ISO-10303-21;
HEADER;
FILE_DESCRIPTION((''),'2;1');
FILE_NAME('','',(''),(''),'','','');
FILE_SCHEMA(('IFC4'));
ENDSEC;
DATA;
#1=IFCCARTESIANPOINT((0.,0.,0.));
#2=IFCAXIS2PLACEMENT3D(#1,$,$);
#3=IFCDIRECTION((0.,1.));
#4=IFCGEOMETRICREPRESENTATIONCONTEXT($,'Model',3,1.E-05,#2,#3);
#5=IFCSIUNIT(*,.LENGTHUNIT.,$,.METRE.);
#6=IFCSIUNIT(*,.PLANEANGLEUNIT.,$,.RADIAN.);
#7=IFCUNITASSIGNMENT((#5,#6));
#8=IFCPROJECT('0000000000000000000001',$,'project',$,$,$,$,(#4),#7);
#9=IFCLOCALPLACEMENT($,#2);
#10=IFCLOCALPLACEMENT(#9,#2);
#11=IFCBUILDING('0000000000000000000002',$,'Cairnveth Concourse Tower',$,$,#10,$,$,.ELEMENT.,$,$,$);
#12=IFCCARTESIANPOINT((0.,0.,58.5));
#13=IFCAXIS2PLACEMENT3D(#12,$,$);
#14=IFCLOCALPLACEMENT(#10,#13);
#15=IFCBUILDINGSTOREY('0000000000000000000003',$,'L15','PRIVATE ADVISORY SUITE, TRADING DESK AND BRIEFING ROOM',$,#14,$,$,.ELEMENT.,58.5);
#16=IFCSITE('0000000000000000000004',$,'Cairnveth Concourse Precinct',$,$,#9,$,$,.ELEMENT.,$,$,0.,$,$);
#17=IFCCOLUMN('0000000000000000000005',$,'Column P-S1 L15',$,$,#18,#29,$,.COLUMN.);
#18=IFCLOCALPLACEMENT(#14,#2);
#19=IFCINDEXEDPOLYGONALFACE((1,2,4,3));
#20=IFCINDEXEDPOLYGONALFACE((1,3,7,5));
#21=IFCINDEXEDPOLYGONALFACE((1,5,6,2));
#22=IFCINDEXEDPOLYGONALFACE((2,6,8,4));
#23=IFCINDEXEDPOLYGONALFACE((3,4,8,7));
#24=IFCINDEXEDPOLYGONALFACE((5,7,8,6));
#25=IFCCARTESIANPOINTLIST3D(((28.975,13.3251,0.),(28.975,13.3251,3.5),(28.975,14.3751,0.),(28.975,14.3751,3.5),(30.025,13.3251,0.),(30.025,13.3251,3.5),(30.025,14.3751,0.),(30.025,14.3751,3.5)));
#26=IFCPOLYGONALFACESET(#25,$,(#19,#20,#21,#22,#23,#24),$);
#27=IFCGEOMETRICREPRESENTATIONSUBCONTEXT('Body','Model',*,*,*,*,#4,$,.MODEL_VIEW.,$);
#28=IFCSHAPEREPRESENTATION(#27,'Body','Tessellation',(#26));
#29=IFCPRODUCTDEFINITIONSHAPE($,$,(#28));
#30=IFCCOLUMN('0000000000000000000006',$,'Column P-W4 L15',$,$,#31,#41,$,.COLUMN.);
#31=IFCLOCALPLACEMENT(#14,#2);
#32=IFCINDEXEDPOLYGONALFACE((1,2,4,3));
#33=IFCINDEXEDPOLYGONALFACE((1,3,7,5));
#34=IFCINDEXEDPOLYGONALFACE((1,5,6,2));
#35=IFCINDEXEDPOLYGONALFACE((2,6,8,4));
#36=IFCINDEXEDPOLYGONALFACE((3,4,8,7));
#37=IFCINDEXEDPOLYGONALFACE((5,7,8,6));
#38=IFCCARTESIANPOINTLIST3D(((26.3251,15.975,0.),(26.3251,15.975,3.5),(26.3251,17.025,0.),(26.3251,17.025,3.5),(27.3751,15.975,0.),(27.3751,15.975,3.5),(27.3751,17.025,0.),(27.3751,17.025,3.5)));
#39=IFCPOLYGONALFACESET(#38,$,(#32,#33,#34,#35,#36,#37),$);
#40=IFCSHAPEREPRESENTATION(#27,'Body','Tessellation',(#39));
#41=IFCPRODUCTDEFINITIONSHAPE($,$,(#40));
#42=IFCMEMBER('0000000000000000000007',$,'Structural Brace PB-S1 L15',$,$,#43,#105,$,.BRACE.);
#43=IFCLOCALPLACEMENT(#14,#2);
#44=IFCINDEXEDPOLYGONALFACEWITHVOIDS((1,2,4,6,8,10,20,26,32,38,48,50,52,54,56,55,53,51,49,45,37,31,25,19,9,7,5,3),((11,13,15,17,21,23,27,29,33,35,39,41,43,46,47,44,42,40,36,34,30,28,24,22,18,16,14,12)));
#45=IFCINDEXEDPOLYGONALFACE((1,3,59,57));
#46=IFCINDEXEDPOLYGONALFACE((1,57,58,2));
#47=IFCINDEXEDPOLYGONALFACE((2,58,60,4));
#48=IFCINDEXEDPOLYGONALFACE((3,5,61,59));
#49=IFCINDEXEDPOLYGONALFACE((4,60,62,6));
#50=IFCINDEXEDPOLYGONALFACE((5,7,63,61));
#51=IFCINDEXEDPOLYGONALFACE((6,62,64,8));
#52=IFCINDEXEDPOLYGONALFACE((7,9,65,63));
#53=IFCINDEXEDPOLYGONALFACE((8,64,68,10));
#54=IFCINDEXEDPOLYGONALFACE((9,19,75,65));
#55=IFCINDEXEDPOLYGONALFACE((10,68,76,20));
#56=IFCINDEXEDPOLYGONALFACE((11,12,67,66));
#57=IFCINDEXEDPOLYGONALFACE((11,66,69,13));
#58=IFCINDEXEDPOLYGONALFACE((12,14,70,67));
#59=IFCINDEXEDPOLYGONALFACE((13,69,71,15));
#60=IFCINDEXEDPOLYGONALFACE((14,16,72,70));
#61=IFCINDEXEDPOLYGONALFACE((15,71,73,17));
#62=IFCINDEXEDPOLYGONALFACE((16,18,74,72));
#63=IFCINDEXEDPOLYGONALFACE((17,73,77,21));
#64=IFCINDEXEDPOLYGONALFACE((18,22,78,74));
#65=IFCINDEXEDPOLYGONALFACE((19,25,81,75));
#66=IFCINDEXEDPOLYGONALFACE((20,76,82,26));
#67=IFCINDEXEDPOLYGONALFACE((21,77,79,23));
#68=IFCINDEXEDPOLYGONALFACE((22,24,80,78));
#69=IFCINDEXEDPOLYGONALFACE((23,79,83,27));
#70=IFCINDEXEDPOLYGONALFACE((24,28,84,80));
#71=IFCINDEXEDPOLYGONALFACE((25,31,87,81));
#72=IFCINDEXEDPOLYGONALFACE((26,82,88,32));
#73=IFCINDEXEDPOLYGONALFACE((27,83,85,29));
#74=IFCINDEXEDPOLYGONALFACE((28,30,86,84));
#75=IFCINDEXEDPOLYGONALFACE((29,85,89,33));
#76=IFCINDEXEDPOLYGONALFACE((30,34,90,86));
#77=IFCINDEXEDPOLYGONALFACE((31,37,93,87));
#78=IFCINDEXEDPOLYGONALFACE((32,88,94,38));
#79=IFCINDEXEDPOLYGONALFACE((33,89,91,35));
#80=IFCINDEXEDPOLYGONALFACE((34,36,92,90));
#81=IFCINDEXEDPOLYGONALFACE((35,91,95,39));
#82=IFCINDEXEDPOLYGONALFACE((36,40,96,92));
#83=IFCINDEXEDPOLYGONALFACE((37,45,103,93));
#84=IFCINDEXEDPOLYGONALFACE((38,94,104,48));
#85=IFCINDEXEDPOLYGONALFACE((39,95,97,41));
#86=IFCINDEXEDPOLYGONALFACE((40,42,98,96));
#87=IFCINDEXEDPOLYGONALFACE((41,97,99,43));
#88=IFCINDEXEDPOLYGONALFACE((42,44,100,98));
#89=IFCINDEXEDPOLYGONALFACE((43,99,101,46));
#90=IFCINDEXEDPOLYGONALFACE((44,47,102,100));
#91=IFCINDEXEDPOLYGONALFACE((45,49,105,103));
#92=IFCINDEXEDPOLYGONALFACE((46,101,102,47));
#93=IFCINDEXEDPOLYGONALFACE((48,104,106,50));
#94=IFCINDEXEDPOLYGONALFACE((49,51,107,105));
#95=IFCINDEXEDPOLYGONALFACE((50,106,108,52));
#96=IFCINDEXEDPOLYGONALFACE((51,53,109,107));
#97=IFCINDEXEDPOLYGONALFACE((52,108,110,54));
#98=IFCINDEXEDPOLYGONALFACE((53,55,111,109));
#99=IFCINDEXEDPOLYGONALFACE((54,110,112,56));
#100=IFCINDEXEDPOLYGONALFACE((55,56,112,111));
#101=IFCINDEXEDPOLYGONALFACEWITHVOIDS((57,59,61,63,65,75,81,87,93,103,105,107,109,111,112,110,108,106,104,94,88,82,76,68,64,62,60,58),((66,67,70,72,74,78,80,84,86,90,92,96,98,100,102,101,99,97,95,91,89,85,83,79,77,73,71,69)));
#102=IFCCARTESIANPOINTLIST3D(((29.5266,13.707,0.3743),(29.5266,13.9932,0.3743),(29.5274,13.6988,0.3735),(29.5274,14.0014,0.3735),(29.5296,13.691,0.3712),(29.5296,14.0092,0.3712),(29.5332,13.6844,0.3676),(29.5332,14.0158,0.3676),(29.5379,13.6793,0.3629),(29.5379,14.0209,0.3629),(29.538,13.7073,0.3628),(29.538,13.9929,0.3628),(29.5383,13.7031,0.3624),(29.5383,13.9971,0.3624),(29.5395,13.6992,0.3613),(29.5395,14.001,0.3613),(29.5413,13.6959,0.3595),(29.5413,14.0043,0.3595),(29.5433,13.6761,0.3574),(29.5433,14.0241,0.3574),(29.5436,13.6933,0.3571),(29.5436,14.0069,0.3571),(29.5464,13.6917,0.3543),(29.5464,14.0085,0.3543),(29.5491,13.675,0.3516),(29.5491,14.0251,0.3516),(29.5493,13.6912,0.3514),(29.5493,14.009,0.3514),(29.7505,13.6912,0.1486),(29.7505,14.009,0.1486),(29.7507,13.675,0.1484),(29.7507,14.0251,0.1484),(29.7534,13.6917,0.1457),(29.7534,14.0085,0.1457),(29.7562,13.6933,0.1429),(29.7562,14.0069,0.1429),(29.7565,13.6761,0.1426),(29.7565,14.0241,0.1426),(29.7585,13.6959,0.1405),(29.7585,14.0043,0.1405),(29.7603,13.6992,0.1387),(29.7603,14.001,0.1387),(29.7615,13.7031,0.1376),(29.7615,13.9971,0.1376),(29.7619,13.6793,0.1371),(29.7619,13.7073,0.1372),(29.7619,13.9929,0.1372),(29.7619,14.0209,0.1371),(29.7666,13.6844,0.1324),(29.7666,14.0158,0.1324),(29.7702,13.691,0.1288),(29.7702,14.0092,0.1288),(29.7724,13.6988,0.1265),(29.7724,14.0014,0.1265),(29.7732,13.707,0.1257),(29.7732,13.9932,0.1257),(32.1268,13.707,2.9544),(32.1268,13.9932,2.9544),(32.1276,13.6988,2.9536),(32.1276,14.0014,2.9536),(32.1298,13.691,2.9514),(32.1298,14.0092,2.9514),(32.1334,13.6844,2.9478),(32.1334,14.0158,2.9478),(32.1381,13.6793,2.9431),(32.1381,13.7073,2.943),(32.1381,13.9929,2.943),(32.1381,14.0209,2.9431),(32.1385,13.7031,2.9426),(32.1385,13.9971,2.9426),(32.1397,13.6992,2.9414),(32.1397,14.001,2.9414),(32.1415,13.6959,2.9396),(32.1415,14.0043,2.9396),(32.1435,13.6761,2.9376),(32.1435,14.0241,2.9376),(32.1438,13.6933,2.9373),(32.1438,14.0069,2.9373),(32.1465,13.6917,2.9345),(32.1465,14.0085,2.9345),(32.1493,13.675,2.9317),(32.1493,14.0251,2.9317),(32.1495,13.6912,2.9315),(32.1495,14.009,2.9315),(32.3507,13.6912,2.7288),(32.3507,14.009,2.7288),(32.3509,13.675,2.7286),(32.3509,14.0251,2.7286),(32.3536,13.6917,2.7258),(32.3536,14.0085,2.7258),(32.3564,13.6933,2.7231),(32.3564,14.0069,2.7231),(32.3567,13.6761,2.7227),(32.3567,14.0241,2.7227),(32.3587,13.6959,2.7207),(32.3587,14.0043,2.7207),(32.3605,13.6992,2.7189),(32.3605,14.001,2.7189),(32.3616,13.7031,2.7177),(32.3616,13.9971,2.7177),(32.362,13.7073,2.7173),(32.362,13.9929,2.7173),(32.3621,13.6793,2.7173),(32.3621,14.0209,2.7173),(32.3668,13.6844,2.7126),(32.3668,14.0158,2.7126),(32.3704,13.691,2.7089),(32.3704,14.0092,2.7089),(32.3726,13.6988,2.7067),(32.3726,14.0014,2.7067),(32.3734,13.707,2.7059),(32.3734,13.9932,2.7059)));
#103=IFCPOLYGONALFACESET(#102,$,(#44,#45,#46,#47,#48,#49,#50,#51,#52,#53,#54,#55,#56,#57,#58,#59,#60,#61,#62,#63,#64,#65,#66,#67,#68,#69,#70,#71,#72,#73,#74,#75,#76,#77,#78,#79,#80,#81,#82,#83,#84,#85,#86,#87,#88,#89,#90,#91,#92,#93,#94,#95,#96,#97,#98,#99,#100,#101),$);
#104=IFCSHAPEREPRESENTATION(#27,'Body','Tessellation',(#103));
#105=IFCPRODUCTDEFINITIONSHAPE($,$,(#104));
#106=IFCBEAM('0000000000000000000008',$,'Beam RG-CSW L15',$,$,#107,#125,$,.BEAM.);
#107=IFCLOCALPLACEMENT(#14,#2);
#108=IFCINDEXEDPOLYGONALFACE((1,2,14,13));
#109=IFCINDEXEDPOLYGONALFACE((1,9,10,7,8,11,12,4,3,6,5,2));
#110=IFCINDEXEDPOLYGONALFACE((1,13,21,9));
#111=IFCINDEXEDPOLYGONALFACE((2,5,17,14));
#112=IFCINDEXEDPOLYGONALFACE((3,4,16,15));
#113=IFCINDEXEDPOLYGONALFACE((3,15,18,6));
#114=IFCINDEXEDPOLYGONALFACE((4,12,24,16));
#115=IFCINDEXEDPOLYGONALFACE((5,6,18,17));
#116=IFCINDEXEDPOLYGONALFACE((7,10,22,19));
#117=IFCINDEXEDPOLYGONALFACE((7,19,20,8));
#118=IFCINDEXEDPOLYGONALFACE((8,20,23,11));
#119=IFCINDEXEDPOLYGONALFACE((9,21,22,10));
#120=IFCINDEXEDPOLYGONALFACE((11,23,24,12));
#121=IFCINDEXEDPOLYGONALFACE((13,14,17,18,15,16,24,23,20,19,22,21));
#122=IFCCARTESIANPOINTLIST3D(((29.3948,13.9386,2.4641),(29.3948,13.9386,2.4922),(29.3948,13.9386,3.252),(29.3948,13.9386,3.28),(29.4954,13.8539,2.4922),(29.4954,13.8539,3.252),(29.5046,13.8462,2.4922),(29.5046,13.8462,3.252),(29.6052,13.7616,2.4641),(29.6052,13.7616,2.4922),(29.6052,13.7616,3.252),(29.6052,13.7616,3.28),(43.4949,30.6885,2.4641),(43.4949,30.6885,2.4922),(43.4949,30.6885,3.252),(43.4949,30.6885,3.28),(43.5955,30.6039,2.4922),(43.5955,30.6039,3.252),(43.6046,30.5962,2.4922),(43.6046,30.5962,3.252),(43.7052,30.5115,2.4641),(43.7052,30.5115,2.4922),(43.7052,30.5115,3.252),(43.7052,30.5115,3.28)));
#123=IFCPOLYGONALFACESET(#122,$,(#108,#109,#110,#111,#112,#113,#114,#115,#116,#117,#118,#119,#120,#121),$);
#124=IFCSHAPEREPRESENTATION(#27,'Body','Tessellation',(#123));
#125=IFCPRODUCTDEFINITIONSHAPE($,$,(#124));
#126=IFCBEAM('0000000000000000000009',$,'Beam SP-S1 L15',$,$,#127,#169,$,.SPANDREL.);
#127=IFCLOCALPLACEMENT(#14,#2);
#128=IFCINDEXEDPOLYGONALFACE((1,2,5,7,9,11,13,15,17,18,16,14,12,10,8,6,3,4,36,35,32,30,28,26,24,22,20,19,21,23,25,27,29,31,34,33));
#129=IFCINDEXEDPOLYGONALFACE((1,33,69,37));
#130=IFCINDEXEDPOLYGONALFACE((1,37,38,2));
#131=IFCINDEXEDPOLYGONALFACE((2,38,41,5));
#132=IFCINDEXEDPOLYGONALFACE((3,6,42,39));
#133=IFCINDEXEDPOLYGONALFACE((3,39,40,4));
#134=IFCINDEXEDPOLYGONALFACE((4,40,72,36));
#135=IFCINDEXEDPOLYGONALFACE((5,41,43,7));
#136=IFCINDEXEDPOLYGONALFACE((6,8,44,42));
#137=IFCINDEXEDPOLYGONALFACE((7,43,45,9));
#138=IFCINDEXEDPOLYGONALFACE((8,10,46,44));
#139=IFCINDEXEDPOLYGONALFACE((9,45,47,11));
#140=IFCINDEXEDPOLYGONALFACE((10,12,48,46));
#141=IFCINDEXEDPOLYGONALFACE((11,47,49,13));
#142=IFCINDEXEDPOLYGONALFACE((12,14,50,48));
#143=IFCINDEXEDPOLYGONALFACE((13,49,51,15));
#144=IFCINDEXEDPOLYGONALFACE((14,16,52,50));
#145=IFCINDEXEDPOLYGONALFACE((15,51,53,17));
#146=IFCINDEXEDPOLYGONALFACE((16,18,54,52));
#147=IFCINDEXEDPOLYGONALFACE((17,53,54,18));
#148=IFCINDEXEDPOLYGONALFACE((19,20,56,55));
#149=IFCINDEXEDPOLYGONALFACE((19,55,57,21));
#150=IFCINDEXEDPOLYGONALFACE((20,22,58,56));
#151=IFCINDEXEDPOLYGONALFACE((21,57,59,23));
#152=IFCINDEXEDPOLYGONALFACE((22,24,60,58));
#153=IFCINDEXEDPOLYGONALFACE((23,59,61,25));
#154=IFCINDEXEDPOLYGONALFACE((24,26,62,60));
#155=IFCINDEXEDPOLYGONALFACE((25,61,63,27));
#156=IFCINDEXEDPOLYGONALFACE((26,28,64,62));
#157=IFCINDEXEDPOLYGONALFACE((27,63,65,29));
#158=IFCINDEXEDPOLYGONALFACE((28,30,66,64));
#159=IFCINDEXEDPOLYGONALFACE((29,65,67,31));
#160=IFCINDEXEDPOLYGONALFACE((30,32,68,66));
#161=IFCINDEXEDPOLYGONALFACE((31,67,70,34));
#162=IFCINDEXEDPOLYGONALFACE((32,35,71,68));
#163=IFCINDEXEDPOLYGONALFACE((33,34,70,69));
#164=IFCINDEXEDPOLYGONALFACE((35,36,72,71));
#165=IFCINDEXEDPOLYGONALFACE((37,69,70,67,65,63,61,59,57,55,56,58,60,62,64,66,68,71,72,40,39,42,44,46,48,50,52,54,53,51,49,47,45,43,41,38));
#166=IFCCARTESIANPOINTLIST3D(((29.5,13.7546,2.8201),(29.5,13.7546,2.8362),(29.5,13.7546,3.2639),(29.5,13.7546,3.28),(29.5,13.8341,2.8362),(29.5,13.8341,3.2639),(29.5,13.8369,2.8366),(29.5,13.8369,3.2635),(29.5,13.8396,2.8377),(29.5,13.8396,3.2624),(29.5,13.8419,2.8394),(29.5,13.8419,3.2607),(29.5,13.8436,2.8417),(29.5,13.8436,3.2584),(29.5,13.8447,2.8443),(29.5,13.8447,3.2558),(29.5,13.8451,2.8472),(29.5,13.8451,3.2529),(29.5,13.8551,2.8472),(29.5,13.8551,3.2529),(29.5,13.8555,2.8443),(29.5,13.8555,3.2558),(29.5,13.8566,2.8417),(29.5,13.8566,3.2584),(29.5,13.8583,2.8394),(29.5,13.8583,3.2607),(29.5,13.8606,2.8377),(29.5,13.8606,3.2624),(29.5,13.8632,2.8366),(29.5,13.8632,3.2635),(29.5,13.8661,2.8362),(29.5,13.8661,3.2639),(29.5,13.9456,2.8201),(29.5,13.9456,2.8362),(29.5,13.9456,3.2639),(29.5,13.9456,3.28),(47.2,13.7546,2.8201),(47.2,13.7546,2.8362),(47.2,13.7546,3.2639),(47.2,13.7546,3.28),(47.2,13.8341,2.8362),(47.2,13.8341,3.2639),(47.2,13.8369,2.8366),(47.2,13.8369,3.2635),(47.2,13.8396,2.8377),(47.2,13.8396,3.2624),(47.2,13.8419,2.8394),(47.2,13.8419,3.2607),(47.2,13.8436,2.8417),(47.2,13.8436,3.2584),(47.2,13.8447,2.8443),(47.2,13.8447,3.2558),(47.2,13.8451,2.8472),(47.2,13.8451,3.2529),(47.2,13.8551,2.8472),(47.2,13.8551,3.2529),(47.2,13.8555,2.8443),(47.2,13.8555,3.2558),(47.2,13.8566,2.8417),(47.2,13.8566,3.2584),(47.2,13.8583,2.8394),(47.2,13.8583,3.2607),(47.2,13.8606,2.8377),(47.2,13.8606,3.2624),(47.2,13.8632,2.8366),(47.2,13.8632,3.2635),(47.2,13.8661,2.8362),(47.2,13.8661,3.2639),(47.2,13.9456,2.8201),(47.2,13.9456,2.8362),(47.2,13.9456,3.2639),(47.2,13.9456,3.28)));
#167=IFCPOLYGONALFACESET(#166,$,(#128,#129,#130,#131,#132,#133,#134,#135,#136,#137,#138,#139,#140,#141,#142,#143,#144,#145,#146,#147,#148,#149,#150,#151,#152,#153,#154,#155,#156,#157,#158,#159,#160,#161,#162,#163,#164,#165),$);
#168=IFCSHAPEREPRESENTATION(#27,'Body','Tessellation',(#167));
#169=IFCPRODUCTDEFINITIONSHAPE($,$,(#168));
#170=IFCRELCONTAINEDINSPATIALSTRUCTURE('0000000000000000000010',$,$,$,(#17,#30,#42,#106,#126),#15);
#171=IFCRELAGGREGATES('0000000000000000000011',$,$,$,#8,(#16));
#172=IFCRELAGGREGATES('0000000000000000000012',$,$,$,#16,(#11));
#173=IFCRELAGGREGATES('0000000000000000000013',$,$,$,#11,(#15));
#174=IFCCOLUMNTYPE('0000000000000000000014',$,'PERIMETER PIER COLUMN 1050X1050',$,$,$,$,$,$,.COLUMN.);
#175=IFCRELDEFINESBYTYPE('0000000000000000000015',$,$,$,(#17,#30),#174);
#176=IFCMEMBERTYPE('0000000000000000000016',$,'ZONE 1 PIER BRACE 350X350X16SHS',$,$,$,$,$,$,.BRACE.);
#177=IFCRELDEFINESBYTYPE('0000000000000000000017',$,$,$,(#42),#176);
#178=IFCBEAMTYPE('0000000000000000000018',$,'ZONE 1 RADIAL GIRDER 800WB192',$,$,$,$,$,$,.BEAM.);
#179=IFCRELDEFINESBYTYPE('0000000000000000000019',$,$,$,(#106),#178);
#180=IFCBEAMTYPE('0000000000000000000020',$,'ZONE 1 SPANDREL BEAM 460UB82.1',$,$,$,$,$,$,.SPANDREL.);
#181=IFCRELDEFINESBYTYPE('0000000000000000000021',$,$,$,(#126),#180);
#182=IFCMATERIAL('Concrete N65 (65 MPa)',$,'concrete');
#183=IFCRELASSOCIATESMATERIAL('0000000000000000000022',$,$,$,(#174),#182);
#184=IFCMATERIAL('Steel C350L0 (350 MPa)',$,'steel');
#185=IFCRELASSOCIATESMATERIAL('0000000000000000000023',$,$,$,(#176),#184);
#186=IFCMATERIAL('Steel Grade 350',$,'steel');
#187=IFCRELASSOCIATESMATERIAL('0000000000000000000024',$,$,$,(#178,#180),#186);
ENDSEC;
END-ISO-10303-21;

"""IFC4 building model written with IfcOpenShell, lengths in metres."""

from ifc_helpers import new_model, si_unit, direction, frame, origin, origin_2d, place, context, subcontext, project, spatial, rectangle, hollow_rectangle, i_section, extrude, material, material_profile, profile_set, type_object, element, save


model = new_model("IFC4")

# Units and contexts
model_context = context("Model", 3, precision=1e-05, world=origin(), true_north=direction((0.0, 1.0)))
body_context = subcontext(model_context, "Body", "Model", "MODEL_VIEW")
ifc_project = project(units=[si_unit("LENGTHUNIT", "METRE"), si_unit("PLANEANGLEUNIT", "RADIAN")], contexts=[model_context])

# Site, building, storey
site_placement = place(None, origin())
site = spatial("IfcSite", under=ifc_project, at=site_placement, Name="Cairnveth Concourse Precinct", CompositionType="ELEMENT", RefElevation=0.0)
building_placement = place(site_placement, origin())
building = spatial("IfcBuilding", under=site, at=building_placement, Name="Cairnveth Concourse Tower", CompositionType="ELEMENT")
storey_placement = place(building_placement, frame((0.0, 0.0, 58.5)))
storey = spatial("IfcBuildingStorey", under=building, at=storey_placement, Name="L15", Description="PRIVATE ADVISORY SUITE, TRADING DESK AND BRIEFING ROOM", CompositionType="ELEMENT", Elevation=58.5)

# Columns
ifc_material_1 = material(Name="Concrete N65 (65 MPa)", Category="concrete")
ifc_material_profile_1 = material_profile(ifc_material_1, rectangle(XDim=1.05, YDim=1.05, at=origin_2d()), Name="RC-COL-1050x1050")
ifc_profile_set_1 = profile_set([ifc_material_profile_1], Name="Concrete N65 (65 MPa)")
column_type = type_object("IfcColumnType", Name="PERIMETER PIER COLUMN 1050X1050", PredefinedType="COLUMN", material=ifc_profile_set_1)
for number, where, z_axis, x_axis, name in (
    (1, (29.5, 13.8501, 0.0), (0.0, 0.0, 1.0), (1.0, 0.0, 0.0), "Column P-S1 L15"),
    (2, (26.8501, 16.5, 0.0), (0.0, 0.0, 1.0), (0.0, 1.0, 0.0), "Column P-W4 L15"),
):
    element("IfcColumn", number, at=place(storey_placement, frame(where, z_axis=z_axis, x_axis=x_axis)), inside=storey, type_object=column_type, Name=name, PredefinedType="COLUMN", context=body_context, shape_type="SweptSolid", body=[
        extrude(rectangle(XDim=1.05, YDim=1.05, at=origin_2d()), origin(), (0.0, 0.0, 1.0), 3.5),
    ])

# Member
ifc_material_2 = material(Name="Steel C350L0 (350 MPa)", Category="steel")
ifc_material_profile_2 = material_profile(ifc_material_2, hollow_rectangle(XDim=0.3501, YDim=0.3501, WallThickness=0.0161, InnerFilletRadius=0.0161, OuterFilletRadius=0.032, at=origin_2d()), Name="350x350x16.0SHS")
ifc_profile_set_2 = profile_set([ifc_material_profile_2], Name="Steel C350L0 (350 MPa)")
member_type = type_object("IfcMemberType", Name="ZONE 1 PIER BRACE 350X350X16SHS", PredefinedType="BRACE", material=ifc_profile_set_2)
member_placement = place(storey_placement, frame((29.6499, 13.8501, 0.25), z_axis=(0.709834, 0.0, 0.704369), x_axis=(0.0, 1.0, 0.0)))
element("IfcMember", 3, at=member_placement, inside=storey, type_object=member_type, Name="Structural Brace PB-S1 L15", PredefinedType="BRACE", context=body_context, shape_type="SweptSolid", body=[
    extrude(hollow_rectangle(XDim=0.3501, YDim=0.3501, WallThickness=0.0161, InnerFilletRadius=0.0161, OuterFilletRadius=0.032, at=origin_2d()), origin(), (0.0, 0.0, 1.0), 3.6631),
])

# Beams
ifc_material_3 = material(Name="Steel Grade 350", Category="steel")
ifc_material_profile_3 = material_profile(ifc_material_3, i_section(OverallWidth=0.2749, OverallDepth=0.8159, WebThickness=0.012, FlangeThickness=0.0281, at=origin_2d()), Name="800WB192")
ifc_profile_set_3 = profile_set([ifc_material_profile_3], Name="Steel Grade 350")
beam_type_1 = type_object("IfcBeamType", Name="ZONE 1 RADIAL GIRDER 800WB192", PredefinedType="BEAM", material=ifc_profile_set_3)
beam_1_placement = place(storey_placement, frame((29.5, 13.8501, 2.8721), z_axis=(0.643998, 0.765027, 0.0), x_axis=(-0.765027, 0.643998, 0.0)))
element("IfcBeam", 4, at=beam_1_placement, inside=storey, type_object=beam_type_1, Name="Beam RG-CSW L15", PredefinedType="BEAM", context=body_context, shape_type="SweptSolid", body=[
    extrude(i_section(OverallWidth=0.2749, OverallDepth=0.8159, WebThickness=0.012, FlangeThickness=0.0281, at=origin_2d()), origin(), (0.0, 0.0, 1.0), 21.8945),
])
ifc_material_profile_4 = material_profile(ifc_material_3, i_section(OverallWidth=0.1909, OverallDepth=0.46, WebThickness=0.01, FlangeThickness=0.0161, FilletRadius=0.011, at=origin_2d()), Name="460UB82.1")
ifc_profile_set_4 = profile_set([ifc_material_profile_4], Name="Steel Grade 350")
beam_type_2 = type_object("IfcBeamType", Name="ZONE 1 SPANDREL BEAM 460UB82.1", PredefinedType="SPANDREL", material=ifc_profile_set_4)
beam_2_placement = place(storey_placement, frame((29.5, 13.8501, 3.05), z_axis=(1.0, 0.0, 0.0), x_axis=(0.0, 1.0, 0.0)))
element("IfcBeam", 5, at=beam_2_placement, inside=storey, type_object=beam_type_2, Name="Beam SP-S1 L15", PredefinedType="SPANDREL", context=body_context, shape_type="SweptSolid", body=[
    extrude(i_section(OverallWidth=0.1909, OverallDepth=0.46, WebThickness=0.01, FlangeThickness=0.0161, FilletRadius=0.011, at=origin_2d()), origin(), (0.0, 0.0, 1.0), 17.7),
])

save(model, "model.ifc")
